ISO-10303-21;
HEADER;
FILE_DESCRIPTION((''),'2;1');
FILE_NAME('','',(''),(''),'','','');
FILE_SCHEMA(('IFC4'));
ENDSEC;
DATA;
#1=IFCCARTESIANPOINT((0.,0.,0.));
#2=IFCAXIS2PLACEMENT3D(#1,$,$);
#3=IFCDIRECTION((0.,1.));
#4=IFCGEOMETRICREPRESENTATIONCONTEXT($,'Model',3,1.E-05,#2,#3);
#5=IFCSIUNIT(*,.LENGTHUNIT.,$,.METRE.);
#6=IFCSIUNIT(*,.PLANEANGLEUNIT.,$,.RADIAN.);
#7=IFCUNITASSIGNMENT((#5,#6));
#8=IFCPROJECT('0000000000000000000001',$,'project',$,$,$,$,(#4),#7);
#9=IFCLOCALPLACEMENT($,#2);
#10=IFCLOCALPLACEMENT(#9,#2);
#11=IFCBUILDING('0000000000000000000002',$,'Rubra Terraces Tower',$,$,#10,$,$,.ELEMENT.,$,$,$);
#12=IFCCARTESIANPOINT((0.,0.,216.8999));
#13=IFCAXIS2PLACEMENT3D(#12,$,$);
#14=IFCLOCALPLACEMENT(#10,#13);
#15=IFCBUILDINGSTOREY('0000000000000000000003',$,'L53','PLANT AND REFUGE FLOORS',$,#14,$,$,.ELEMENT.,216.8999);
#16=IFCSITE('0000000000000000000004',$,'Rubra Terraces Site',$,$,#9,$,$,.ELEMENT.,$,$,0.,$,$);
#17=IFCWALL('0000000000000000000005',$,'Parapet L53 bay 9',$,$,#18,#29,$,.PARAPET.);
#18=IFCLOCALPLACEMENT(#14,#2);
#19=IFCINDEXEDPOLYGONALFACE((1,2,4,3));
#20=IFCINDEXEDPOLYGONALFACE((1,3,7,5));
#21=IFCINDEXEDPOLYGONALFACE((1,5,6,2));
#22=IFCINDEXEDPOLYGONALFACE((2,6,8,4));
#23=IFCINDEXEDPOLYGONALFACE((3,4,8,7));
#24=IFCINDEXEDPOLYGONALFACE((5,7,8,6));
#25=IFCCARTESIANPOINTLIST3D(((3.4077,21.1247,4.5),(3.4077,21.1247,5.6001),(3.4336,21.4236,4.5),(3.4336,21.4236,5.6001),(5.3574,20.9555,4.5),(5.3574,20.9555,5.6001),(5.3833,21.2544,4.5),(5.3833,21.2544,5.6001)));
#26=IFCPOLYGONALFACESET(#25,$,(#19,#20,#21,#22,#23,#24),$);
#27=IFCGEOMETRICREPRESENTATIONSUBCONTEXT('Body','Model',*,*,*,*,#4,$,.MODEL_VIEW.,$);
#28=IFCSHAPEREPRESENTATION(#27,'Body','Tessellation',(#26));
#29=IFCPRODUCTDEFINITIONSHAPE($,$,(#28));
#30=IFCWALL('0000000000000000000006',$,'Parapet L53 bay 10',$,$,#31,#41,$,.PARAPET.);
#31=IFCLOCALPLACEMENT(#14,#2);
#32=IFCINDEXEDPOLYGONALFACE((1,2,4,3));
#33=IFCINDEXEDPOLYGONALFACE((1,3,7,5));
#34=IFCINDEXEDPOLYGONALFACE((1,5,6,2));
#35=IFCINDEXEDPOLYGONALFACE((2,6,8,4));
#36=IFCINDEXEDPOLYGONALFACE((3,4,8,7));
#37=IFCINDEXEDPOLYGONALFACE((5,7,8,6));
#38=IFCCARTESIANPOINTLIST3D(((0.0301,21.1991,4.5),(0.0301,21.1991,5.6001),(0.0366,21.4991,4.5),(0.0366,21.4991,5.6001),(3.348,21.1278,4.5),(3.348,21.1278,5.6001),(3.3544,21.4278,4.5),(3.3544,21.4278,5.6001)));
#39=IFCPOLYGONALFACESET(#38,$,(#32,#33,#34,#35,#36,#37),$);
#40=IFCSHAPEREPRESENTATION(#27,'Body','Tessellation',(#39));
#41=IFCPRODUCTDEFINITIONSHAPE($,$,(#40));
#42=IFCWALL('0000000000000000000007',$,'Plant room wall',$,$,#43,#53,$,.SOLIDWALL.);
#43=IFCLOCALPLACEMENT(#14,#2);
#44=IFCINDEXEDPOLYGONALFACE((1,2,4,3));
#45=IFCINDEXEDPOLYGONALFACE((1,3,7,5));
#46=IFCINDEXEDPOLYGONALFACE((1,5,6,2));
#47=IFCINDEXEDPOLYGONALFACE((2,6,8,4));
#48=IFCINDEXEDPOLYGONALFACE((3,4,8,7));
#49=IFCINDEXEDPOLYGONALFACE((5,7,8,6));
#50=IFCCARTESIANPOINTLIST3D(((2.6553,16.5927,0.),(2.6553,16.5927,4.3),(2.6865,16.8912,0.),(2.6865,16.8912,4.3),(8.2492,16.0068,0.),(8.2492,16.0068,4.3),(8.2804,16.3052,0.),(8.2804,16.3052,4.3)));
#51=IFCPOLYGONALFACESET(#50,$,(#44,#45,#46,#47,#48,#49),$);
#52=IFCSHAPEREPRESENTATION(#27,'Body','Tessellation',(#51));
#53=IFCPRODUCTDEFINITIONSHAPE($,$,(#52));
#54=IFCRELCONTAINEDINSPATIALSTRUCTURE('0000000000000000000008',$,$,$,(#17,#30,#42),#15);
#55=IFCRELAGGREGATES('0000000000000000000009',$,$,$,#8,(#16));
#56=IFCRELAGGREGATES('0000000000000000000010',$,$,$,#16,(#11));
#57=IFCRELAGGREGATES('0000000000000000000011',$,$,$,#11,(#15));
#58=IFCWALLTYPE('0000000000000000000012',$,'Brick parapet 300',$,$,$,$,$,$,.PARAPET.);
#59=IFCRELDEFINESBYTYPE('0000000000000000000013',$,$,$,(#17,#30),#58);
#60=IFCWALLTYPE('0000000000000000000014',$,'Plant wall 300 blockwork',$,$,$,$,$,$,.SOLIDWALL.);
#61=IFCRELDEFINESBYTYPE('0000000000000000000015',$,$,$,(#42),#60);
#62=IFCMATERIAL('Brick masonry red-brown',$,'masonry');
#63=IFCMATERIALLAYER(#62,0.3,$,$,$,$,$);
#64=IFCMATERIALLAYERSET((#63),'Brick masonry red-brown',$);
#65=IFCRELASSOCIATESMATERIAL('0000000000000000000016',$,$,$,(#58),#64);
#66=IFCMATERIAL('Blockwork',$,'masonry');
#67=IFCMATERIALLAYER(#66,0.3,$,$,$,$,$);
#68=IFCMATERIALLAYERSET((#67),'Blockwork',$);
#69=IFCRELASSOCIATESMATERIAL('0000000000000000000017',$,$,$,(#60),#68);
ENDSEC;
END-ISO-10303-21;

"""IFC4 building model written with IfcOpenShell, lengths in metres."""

from ifc_helpers import new_model, si_unit, direction, frame, frame_2d, origin, place, context, subcontext, project, spatial, rectangle, extrude, material, layer, layer_set, type_object, element, save


model = new_model("IFC4")

# Units and contexts
model_context = context("Model", 3, precision=1e-05, world=origin(), true_north=direction((0.0, 1.0)))
body_context = subcontext(model_context, "Body", "Model", "MODEL_VIEW")
ifc_project = project(units=[si_unit("LENGTHUNIT", "METRE"), si_unit("PLANEANGLEUNIT", "RADIAN")], contexts=[model_context])

# Site, building, storey
site_placement = place(None, origin())
site = spatial("IfcSite", under=ifc_project, at=site_placement, Name="Rubra Terraces Site", CompositionType="ELEMENT", RefElevation=0.0)
building_placement = place(site_placement, origin())
building = spatial("IfcBuilding", under=site, at=building_placement, Name="Rubra Terraces Tower", CompositionType="ELEMENT")
storey_placement = place(building_placement, frame((0.0, 0.0, 216.8999)))
storey = spatial("IfcBuildingStorey", under=building, at=storey_placement, Name="L53", Description="PLANT AND REFUGE FLOORS", CompositionType="ELEMENT", Elevation=216.8999)

# Shared definitions
ifc_material_1 = material(Name="Brick masonry red-brown", Category="masonry")

# Walls
ifc_layer_1 = layer(ifc_material_1, 0.3)
ifc_layer_set_1 = layer_set([ifc_layer_1], Name="Brick masonry red-brown")
wall_type_1 = type_object("IfcWallType", Name="Brick parapet 300", PredefinedType="PARAPET", material=ifc_layer_set_1)
wall_1_placement = place(storey_placement, frame((5.3704, 21.105, 4.5), z_axis=(0.0, 0.0, 1.0), x_axis=(-0.996256, 0.086452, 0.0)))
element("IfcWall", 1, at=wall_1_placement, inside=storey, type_object=wall_type_1, Name="Parapet L53 bay 9", PredefinedType="PARAPET", context=body_context, shape_type="SweptSolid", body=[
    extrude(rectangle(XDim=1.957, YDim=0.3, at=frame_2d((0.9785, 0.0))), origin(), (0.0, 0.0, 1.0), 1.1001),
])
wall_2_placement = place(storey_placement, frame((3.3511, 21.2778, 4.5), z_axis=(0.0, 0.0, 1.0), x_axis=(-0.999769, 0.021481, 0.0)))
element("IfcWall", 2, at=wall_2_placement, inside=storey, type_object=wall_type_1, Name="Parapet L53 bay 10", PredefinedType="PARAPET", context=body_context, shape_type="SweptSolid", body=[
    extrude(rectangle(XDim=3.3186, YDim=0.3, at=frame_2d((1.6592, 0.0))), origin(), (0.0, 0.0, 1.0), 1.1001),
])
ifc_material_2 = material(Name="Blockwork", Category="masonry")
ifc_layer_2 = layer(ifc_material_2, 0.3)
ifc_layer_set_2 = layer_set([ifc_layer_2], Name="Blockwork")
wall_type_2 = type_object("IfcWallType", Name="Plant wall 300 blockwork", PredefinedType="SOLIDWALL", material=ifc_layer_set_2)
wall_3_placement = place(storey_placement, frame((2.6709, 16.7419, 0.0), z_axis=(0.0, 0.0, 1.0), x_axis=(0.994559, -0.104174, 0.0)))
element("IfcWall", 3, at=wall_3_placement, inside=storey, type_object=wall_type_2, Name="Plant room wall", PredefinedType="SOLIDWALL", context=body_context, shape_type="SweptSolid", body=[
    extrude(rectangle(XDim=5.6245, YDim=0.3, at=frame_2d((2.8123, 0.0))), origin(), (0.0, 0.0, 1.0), 4.3),
])

save(model, "model.ifc")
